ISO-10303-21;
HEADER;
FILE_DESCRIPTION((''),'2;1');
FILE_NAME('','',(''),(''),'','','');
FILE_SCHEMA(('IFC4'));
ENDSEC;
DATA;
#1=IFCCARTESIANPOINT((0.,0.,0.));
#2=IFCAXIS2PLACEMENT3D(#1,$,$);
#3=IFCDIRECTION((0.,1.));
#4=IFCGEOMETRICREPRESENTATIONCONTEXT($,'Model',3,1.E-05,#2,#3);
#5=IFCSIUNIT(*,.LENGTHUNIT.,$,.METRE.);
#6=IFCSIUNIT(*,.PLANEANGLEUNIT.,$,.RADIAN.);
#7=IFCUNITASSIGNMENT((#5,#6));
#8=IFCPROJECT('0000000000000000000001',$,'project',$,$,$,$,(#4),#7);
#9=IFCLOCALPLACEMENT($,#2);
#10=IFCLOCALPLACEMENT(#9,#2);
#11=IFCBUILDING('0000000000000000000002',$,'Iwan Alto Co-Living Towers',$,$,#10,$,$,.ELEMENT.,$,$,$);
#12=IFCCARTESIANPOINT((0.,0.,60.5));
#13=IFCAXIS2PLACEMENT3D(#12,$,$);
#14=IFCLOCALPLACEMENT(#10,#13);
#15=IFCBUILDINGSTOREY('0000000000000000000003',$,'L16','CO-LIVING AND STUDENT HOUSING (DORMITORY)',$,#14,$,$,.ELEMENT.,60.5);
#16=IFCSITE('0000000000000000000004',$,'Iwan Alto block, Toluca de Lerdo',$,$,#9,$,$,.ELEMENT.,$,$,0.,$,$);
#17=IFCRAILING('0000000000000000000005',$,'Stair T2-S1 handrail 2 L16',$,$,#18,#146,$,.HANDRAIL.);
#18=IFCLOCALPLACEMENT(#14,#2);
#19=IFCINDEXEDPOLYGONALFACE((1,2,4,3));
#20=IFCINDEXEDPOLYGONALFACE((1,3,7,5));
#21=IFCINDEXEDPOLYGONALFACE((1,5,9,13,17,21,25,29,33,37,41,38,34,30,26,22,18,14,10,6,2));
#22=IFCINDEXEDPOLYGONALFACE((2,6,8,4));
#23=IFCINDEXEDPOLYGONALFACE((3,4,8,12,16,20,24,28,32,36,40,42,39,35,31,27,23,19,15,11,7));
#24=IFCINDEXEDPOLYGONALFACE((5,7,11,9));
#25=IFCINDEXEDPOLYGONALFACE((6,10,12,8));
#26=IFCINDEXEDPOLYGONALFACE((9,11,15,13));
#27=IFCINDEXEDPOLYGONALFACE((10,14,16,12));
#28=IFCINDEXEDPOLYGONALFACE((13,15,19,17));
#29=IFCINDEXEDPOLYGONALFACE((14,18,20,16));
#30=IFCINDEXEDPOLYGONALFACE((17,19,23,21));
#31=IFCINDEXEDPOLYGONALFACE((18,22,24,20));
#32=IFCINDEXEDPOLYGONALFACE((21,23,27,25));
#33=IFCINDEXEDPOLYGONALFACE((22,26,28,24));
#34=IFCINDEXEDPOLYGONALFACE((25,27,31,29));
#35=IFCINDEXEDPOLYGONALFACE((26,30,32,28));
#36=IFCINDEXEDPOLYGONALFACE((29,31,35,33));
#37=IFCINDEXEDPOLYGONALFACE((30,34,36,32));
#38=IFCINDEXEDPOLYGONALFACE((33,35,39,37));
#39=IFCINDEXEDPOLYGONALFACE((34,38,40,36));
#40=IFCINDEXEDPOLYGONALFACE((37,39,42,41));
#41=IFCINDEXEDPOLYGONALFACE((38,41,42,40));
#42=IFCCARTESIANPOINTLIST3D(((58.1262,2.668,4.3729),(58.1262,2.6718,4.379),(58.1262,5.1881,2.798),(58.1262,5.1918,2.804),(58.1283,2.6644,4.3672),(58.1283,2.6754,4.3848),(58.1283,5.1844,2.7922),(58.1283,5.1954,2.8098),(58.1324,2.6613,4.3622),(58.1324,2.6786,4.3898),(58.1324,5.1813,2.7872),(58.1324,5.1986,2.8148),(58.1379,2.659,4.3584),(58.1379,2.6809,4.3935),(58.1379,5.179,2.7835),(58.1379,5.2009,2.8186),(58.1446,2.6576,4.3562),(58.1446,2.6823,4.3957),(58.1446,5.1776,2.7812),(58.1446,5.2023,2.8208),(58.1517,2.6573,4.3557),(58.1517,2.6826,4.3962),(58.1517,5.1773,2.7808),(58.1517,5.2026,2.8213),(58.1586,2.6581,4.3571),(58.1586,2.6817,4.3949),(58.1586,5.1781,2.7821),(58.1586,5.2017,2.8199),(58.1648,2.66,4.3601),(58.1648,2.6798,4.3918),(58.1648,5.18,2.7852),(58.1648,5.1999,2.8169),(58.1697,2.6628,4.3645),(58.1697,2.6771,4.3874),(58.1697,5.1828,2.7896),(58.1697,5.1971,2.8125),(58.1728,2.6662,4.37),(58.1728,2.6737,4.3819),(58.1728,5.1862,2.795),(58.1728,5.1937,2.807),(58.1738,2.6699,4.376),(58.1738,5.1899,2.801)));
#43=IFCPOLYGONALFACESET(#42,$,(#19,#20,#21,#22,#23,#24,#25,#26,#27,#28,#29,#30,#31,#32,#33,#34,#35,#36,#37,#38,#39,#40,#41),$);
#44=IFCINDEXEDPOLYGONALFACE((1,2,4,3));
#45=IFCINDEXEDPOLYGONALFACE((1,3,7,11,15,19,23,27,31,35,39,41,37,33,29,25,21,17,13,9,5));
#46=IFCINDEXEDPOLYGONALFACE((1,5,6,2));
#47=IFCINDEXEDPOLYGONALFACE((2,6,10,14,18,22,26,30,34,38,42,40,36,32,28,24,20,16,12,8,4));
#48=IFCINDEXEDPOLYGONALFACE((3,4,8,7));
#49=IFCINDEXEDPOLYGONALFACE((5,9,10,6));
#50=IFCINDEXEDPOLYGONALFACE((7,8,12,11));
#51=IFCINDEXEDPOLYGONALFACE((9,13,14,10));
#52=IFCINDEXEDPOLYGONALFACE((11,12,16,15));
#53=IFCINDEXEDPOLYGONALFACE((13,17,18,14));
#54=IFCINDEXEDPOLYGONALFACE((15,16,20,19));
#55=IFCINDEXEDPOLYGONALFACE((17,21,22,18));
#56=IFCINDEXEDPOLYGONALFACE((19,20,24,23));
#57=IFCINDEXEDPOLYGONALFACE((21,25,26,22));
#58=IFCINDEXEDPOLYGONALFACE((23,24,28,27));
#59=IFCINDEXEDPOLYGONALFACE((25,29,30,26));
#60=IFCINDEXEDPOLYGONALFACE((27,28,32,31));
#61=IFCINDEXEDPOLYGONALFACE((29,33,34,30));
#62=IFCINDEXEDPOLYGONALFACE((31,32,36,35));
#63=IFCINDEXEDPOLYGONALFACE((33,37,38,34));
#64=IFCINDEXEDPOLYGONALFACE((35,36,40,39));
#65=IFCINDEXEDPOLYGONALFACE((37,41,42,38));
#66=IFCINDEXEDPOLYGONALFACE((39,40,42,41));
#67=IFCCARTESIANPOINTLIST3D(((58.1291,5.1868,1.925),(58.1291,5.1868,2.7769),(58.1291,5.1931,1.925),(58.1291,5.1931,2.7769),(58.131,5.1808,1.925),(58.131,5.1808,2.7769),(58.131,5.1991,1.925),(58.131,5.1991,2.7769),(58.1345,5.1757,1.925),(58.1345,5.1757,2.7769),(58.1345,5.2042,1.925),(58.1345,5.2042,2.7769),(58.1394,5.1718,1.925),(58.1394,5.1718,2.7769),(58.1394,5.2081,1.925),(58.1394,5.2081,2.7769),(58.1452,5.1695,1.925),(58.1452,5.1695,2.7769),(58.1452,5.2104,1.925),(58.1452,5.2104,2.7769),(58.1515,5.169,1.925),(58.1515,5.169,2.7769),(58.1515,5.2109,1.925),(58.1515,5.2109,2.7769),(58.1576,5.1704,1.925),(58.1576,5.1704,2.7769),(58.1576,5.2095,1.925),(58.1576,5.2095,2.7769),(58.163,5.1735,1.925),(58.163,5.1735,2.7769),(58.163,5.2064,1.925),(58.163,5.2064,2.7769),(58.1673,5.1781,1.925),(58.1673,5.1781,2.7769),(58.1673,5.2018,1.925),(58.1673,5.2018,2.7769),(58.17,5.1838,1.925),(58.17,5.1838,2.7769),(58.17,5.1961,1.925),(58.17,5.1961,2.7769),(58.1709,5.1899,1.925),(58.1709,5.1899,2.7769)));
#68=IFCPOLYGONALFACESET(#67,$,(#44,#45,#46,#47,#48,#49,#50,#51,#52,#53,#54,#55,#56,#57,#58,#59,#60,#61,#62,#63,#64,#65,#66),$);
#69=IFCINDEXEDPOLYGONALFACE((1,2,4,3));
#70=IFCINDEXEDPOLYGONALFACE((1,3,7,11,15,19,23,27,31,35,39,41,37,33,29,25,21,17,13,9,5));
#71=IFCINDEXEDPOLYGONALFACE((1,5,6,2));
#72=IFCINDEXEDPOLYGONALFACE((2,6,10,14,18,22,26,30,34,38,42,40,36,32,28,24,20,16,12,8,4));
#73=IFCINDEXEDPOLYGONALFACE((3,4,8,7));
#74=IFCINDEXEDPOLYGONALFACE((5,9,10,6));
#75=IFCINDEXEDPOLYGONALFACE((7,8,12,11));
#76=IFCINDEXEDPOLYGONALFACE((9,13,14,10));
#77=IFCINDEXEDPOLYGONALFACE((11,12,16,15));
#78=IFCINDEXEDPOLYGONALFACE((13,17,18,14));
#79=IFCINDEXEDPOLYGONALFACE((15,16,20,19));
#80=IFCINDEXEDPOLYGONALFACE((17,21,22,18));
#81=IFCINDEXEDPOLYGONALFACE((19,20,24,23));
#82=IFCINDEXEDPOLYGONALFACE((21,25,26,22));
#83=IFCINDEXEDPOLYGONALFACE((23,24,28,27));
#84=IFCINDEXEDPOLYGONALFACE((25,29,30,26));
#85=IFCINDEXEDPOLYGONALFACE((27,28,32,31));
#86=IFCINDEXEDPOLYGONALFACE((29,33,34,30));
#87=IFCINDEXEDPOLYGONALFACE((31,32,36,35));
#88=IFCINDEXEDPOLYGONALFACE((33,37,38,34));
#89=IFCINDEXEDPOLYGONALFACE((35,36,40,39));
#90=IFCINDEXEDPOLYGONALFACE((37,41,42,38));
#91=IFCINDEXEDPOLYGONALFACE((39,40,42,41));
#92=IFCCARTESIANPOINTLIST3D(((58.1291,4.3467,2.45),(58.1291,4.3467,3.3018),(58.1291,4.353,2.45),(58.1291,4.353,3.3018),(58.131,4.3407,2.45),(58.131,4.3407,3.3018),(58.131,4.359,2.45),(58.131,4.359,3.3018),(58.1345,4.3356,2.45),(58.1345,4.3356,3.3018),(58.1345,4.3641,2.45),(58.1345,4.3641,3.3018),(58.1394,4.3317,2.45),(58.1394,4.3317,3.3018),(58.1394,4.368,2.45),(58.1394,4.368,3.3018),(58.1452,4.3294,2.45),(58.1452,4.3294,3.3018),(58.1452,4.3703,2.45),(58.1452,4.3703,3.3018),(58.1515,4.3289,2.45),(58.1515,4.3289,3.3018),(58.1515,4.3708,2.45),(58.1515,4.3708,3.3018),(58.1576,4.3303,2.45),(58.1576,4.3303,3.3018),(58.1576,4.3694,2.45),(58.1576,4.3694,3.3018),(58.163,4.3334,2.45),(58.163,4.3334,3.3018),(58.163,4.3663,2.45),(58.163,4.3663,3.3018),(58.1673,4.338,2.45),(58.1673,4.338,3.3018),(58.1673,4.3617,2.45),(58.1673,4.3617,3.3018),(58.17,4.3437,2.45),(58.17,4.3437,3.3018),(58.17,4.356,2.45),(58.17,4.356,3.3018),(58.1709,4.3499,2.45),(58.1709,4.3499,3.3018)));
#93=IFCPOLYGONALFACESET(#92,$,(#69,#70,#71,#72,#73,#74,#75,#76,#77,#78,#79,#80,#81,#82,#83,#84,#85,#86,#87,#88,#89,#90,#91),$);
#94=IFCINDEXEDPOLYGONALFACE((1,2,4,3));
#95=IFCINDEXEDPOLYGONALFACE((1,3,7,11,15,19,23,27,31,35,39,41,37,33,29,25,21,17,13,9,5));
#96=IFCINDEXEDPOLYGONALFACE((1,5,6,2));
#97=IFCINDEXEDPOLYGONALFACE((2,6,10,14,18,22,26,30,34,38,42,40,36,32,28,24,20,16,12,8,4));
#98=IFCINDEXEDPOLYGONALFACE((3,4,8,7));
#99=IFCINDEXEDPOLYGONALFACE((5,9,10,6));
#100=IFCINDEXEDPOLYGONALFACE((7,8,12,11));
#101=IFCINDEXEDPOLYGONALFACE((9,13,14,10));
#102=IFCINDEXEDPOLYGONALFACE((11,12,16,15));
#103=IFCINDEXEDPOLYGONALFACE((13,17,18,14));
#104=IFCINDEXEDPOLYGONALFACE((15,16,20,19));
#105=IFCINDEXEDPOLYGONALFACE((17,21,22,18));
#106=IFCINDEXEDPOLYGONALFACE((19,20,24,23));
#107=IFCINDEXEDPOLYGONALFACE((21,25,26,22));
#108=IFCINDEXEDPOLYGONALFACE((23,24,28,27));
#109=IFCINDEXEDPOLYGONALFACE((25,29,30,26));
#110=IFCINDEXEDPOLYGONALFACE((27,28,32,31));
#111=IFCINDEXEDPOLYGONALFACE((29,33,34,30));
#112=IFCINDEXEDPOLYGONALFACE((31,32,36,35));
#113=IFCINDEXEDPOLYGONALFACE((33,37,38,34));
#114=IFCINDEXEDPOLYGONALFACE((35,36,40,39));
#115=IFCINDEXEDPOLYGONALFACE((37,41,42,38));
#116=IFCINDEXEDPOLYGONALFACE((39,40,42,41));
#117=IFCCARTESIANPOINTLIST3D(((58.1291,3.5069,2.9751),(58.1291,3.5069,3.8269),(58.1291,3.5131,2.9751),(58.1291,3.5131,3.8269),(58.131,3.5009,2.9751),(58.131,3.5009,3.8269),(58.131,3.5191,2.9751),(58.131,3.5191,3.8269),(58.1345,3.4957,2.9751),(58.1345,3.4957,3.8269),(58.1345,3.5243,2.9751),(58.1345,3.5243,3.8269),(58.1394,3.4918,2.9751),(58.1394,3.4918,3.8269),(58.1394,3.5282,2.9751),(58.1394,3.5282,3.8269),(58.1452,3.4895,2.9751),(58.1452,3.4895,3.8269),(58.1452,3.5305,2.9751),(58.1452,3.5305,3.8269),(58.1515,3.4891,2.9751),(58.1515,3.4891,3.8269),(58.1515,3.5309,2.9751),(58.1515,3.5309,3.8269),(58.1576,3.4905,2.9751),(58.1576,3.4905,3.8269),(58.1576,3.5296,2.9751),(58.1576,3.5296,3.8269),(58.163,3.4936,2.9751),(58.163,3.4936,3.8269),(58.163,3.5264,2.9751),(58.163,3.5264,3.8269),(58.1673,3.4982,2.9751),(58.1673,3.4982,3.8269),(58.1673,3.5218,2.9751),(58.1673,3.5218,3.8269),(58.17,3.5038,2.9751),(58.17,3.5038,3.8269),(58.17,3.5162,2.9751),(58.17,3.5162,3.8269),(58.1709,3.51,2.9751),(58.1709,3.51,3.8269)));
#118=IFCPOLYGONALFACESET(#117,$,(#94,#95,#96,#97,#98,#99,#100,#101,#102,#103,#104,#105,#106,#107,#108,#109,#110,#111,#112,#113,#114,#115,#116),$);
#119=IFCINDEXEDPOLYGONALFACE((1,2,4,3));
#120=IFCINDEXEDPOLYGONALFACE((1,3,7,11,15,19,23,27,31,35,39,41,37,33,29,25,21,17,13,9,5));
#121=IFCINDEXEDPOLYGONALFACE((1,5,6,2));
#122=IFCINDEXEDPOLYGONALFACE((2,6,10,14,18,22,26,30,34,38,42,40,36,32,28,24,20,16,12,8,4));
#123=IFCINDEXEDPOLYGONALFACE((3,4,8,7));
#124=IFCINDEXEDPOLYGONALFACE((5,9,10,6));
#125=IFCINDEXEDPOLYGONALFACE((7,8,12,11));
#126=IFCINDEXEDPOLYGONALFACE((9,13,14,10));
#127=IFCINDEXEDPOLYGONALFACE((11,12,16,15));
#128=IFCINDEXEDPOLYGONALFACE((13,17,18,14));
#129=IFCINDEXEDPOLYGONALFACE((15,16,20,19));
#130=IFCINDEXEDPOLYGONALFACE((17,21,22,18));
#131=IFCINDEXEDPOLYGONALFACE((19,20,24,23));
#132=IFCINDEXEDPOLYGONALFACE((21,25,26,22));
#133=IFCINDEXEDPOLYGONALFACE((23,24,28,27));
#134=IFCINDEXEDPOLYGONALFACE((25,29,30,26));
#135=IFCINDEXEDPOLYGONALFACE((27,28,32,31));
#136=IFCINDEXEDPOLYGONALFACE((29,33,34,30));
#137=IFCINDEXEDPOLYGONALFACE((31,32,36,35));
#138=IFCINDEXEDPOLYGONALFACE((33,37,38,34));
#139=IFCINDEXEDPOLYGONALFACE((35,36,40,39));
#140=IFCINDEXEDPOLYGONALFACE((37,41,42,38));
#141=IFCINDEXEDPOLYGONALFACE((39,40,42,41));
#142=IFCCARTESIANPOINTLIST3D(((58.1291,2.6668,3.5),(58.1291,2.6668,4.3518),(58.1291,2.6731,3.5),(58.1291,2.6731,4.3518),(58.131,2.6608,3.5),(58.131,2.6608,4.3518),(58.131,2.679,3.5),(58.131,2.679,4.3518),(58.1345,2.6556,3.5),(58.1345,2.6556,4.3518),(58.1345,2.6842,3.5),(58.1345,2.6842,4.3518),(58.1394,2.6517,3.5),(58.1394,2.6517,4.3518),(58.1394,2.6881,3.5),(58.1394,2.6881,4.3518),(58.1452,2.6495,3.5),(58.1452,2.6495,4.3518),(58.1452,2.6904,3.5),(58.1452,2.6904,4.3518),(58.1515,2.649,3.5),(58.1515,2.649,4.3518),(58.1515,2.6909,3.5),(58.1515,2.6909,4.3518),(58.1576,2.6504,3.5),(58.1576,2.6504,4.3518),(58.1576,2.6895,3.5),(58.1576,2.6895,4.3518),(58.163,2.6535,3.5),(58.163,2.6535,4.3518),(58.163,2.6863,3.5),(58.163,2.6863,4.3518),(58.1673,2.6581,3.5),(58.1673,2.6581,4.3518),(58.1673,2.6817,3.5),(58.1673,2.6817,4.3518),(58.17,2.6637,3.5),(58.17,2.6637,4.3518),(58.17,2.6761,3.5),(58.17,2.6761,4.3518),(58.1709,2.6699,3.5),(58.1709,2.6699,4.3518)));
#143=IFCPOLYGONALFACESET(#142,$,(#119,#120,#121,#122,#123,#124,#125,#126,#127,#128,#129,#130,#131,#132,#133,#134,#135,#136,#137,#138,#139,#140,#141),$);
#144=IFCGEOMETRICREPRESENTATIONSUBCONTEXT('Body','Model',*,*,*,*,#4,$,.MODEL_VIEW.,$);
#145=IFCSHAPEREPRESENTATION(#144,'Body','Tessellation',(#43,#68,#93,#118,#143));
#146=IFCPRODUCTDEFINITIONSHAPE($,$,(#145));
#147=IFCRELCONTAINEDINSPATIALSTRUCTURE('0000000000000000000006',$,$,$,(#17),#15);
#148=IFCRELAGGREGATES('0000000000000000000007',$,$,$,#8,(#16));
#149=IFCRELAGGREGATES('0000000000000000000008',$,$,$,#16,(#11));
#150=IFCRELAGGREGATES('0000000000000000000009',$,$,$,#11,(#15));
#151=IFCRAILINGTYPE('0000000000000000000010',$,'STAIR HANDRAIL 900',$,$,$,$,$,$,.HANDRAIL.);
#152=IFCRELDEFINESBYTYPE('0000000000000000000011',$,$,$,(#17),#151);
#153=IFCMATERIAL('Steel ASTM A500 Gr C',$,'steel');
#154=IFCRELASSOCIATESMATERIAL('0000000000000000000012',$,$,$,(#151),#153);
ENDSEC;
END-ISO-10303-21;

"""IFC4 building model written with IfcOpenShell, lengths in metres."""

from ifc_helpers import new_model, si_unit, direction, frame, origin, origin_2d, place, context, subcontext, project, spatial, circle, extrude, material, type_object, element, save


model = new_model("IFC4")

# Units and contexts
model_context = context("Model", 3, precision=1e-05, world=origin(), true_north=direction((0.0, 1.0)))
body_context = subcontext(model_context, "Body", "Model", "MODEL_VIEW")
ifc_project = project(units=[si_unit("LENGTHUNIT", "METRE"), si_unit("PLANEANGLEUNIT", "RADIAN")], contexts=[model_context])

# Site, building, storey
site_placement = place(None, origin())
site = spatial("IfcSite", under=ifc_project, at=site_placement, Name="Iwan Alto block, Toluca de Lerdo", CompositionType="ELEMENT", RefElevation=0.0)
building_placement = place(site_placement, origin())
building = spatial("IfcBuilding", under=site, at=building_placement, Name="Iwan Alto Co-Living Towers", CompositionType="ELEMENT")
storey_placement = place(building_placement, frame((0.0, 0.0, 60.5)))
storey = spatial("IfcBuildingStorey", under=building, at=storey_placement, Name="L16", Description="CO-LIVING AND STUDENT HOUSING (DORMITORY)", CompositionType="ELEMENT", Elevation=60.5)

# Railing
ifc_material_1 = material(Name="Steel ASTM A500 Gr C", Category="steel")
railing_type_1 = type_object("IfcRailingType", Name="STAIR HANDRAIL 900", PredefinedType="HANDRAIL", material=ifc_material_1)
railing_1_placement = place(storey_placement, frame((58.1499, 5.1899, 1.925)))
element("IfcRailing", 1, at=railing_1_placement, inside=storey, type_object=railing_type_1, Name="Stair T2-S1 handrail 2 L16", PredefinedType="HANDRAIL", context=body_context, shape_type="SweptSolid", body=[
    extrude(circle(Radius=0.0239, at=origin_2d()), frame((0.0, 0.0, 0.876), z_axis=(0.0, -0.848008, 0.529984), x_axis=(1.0, 0.0, 0.0)), (0.0, 0.0, 1.0), 2.9717),
    extrude(circle(Radius=0.021, at=origin_2d()), origin(), (0.0, 0.0, 1.0), 0.8518),
    extrude(circle(Radius=0.021, at=origin_2d()), frame((0.0, -0.8401, 0.5249)), (0.0, 0.0, 1.0), 0.8518),
    extrude(circle(Radius=0.021, at=origin_2d()), frame((0.0, -1.6799, 1.05)), (0.0, 0.0, 1.0), 0.8518),
    extrude(circle(Radius=0.021, at=origin_2d()), frame((0.0, -2.52, 1.575)), (0.0, 0.0, 1.0), 0.8518),
])

save(model, "model.ifc")
